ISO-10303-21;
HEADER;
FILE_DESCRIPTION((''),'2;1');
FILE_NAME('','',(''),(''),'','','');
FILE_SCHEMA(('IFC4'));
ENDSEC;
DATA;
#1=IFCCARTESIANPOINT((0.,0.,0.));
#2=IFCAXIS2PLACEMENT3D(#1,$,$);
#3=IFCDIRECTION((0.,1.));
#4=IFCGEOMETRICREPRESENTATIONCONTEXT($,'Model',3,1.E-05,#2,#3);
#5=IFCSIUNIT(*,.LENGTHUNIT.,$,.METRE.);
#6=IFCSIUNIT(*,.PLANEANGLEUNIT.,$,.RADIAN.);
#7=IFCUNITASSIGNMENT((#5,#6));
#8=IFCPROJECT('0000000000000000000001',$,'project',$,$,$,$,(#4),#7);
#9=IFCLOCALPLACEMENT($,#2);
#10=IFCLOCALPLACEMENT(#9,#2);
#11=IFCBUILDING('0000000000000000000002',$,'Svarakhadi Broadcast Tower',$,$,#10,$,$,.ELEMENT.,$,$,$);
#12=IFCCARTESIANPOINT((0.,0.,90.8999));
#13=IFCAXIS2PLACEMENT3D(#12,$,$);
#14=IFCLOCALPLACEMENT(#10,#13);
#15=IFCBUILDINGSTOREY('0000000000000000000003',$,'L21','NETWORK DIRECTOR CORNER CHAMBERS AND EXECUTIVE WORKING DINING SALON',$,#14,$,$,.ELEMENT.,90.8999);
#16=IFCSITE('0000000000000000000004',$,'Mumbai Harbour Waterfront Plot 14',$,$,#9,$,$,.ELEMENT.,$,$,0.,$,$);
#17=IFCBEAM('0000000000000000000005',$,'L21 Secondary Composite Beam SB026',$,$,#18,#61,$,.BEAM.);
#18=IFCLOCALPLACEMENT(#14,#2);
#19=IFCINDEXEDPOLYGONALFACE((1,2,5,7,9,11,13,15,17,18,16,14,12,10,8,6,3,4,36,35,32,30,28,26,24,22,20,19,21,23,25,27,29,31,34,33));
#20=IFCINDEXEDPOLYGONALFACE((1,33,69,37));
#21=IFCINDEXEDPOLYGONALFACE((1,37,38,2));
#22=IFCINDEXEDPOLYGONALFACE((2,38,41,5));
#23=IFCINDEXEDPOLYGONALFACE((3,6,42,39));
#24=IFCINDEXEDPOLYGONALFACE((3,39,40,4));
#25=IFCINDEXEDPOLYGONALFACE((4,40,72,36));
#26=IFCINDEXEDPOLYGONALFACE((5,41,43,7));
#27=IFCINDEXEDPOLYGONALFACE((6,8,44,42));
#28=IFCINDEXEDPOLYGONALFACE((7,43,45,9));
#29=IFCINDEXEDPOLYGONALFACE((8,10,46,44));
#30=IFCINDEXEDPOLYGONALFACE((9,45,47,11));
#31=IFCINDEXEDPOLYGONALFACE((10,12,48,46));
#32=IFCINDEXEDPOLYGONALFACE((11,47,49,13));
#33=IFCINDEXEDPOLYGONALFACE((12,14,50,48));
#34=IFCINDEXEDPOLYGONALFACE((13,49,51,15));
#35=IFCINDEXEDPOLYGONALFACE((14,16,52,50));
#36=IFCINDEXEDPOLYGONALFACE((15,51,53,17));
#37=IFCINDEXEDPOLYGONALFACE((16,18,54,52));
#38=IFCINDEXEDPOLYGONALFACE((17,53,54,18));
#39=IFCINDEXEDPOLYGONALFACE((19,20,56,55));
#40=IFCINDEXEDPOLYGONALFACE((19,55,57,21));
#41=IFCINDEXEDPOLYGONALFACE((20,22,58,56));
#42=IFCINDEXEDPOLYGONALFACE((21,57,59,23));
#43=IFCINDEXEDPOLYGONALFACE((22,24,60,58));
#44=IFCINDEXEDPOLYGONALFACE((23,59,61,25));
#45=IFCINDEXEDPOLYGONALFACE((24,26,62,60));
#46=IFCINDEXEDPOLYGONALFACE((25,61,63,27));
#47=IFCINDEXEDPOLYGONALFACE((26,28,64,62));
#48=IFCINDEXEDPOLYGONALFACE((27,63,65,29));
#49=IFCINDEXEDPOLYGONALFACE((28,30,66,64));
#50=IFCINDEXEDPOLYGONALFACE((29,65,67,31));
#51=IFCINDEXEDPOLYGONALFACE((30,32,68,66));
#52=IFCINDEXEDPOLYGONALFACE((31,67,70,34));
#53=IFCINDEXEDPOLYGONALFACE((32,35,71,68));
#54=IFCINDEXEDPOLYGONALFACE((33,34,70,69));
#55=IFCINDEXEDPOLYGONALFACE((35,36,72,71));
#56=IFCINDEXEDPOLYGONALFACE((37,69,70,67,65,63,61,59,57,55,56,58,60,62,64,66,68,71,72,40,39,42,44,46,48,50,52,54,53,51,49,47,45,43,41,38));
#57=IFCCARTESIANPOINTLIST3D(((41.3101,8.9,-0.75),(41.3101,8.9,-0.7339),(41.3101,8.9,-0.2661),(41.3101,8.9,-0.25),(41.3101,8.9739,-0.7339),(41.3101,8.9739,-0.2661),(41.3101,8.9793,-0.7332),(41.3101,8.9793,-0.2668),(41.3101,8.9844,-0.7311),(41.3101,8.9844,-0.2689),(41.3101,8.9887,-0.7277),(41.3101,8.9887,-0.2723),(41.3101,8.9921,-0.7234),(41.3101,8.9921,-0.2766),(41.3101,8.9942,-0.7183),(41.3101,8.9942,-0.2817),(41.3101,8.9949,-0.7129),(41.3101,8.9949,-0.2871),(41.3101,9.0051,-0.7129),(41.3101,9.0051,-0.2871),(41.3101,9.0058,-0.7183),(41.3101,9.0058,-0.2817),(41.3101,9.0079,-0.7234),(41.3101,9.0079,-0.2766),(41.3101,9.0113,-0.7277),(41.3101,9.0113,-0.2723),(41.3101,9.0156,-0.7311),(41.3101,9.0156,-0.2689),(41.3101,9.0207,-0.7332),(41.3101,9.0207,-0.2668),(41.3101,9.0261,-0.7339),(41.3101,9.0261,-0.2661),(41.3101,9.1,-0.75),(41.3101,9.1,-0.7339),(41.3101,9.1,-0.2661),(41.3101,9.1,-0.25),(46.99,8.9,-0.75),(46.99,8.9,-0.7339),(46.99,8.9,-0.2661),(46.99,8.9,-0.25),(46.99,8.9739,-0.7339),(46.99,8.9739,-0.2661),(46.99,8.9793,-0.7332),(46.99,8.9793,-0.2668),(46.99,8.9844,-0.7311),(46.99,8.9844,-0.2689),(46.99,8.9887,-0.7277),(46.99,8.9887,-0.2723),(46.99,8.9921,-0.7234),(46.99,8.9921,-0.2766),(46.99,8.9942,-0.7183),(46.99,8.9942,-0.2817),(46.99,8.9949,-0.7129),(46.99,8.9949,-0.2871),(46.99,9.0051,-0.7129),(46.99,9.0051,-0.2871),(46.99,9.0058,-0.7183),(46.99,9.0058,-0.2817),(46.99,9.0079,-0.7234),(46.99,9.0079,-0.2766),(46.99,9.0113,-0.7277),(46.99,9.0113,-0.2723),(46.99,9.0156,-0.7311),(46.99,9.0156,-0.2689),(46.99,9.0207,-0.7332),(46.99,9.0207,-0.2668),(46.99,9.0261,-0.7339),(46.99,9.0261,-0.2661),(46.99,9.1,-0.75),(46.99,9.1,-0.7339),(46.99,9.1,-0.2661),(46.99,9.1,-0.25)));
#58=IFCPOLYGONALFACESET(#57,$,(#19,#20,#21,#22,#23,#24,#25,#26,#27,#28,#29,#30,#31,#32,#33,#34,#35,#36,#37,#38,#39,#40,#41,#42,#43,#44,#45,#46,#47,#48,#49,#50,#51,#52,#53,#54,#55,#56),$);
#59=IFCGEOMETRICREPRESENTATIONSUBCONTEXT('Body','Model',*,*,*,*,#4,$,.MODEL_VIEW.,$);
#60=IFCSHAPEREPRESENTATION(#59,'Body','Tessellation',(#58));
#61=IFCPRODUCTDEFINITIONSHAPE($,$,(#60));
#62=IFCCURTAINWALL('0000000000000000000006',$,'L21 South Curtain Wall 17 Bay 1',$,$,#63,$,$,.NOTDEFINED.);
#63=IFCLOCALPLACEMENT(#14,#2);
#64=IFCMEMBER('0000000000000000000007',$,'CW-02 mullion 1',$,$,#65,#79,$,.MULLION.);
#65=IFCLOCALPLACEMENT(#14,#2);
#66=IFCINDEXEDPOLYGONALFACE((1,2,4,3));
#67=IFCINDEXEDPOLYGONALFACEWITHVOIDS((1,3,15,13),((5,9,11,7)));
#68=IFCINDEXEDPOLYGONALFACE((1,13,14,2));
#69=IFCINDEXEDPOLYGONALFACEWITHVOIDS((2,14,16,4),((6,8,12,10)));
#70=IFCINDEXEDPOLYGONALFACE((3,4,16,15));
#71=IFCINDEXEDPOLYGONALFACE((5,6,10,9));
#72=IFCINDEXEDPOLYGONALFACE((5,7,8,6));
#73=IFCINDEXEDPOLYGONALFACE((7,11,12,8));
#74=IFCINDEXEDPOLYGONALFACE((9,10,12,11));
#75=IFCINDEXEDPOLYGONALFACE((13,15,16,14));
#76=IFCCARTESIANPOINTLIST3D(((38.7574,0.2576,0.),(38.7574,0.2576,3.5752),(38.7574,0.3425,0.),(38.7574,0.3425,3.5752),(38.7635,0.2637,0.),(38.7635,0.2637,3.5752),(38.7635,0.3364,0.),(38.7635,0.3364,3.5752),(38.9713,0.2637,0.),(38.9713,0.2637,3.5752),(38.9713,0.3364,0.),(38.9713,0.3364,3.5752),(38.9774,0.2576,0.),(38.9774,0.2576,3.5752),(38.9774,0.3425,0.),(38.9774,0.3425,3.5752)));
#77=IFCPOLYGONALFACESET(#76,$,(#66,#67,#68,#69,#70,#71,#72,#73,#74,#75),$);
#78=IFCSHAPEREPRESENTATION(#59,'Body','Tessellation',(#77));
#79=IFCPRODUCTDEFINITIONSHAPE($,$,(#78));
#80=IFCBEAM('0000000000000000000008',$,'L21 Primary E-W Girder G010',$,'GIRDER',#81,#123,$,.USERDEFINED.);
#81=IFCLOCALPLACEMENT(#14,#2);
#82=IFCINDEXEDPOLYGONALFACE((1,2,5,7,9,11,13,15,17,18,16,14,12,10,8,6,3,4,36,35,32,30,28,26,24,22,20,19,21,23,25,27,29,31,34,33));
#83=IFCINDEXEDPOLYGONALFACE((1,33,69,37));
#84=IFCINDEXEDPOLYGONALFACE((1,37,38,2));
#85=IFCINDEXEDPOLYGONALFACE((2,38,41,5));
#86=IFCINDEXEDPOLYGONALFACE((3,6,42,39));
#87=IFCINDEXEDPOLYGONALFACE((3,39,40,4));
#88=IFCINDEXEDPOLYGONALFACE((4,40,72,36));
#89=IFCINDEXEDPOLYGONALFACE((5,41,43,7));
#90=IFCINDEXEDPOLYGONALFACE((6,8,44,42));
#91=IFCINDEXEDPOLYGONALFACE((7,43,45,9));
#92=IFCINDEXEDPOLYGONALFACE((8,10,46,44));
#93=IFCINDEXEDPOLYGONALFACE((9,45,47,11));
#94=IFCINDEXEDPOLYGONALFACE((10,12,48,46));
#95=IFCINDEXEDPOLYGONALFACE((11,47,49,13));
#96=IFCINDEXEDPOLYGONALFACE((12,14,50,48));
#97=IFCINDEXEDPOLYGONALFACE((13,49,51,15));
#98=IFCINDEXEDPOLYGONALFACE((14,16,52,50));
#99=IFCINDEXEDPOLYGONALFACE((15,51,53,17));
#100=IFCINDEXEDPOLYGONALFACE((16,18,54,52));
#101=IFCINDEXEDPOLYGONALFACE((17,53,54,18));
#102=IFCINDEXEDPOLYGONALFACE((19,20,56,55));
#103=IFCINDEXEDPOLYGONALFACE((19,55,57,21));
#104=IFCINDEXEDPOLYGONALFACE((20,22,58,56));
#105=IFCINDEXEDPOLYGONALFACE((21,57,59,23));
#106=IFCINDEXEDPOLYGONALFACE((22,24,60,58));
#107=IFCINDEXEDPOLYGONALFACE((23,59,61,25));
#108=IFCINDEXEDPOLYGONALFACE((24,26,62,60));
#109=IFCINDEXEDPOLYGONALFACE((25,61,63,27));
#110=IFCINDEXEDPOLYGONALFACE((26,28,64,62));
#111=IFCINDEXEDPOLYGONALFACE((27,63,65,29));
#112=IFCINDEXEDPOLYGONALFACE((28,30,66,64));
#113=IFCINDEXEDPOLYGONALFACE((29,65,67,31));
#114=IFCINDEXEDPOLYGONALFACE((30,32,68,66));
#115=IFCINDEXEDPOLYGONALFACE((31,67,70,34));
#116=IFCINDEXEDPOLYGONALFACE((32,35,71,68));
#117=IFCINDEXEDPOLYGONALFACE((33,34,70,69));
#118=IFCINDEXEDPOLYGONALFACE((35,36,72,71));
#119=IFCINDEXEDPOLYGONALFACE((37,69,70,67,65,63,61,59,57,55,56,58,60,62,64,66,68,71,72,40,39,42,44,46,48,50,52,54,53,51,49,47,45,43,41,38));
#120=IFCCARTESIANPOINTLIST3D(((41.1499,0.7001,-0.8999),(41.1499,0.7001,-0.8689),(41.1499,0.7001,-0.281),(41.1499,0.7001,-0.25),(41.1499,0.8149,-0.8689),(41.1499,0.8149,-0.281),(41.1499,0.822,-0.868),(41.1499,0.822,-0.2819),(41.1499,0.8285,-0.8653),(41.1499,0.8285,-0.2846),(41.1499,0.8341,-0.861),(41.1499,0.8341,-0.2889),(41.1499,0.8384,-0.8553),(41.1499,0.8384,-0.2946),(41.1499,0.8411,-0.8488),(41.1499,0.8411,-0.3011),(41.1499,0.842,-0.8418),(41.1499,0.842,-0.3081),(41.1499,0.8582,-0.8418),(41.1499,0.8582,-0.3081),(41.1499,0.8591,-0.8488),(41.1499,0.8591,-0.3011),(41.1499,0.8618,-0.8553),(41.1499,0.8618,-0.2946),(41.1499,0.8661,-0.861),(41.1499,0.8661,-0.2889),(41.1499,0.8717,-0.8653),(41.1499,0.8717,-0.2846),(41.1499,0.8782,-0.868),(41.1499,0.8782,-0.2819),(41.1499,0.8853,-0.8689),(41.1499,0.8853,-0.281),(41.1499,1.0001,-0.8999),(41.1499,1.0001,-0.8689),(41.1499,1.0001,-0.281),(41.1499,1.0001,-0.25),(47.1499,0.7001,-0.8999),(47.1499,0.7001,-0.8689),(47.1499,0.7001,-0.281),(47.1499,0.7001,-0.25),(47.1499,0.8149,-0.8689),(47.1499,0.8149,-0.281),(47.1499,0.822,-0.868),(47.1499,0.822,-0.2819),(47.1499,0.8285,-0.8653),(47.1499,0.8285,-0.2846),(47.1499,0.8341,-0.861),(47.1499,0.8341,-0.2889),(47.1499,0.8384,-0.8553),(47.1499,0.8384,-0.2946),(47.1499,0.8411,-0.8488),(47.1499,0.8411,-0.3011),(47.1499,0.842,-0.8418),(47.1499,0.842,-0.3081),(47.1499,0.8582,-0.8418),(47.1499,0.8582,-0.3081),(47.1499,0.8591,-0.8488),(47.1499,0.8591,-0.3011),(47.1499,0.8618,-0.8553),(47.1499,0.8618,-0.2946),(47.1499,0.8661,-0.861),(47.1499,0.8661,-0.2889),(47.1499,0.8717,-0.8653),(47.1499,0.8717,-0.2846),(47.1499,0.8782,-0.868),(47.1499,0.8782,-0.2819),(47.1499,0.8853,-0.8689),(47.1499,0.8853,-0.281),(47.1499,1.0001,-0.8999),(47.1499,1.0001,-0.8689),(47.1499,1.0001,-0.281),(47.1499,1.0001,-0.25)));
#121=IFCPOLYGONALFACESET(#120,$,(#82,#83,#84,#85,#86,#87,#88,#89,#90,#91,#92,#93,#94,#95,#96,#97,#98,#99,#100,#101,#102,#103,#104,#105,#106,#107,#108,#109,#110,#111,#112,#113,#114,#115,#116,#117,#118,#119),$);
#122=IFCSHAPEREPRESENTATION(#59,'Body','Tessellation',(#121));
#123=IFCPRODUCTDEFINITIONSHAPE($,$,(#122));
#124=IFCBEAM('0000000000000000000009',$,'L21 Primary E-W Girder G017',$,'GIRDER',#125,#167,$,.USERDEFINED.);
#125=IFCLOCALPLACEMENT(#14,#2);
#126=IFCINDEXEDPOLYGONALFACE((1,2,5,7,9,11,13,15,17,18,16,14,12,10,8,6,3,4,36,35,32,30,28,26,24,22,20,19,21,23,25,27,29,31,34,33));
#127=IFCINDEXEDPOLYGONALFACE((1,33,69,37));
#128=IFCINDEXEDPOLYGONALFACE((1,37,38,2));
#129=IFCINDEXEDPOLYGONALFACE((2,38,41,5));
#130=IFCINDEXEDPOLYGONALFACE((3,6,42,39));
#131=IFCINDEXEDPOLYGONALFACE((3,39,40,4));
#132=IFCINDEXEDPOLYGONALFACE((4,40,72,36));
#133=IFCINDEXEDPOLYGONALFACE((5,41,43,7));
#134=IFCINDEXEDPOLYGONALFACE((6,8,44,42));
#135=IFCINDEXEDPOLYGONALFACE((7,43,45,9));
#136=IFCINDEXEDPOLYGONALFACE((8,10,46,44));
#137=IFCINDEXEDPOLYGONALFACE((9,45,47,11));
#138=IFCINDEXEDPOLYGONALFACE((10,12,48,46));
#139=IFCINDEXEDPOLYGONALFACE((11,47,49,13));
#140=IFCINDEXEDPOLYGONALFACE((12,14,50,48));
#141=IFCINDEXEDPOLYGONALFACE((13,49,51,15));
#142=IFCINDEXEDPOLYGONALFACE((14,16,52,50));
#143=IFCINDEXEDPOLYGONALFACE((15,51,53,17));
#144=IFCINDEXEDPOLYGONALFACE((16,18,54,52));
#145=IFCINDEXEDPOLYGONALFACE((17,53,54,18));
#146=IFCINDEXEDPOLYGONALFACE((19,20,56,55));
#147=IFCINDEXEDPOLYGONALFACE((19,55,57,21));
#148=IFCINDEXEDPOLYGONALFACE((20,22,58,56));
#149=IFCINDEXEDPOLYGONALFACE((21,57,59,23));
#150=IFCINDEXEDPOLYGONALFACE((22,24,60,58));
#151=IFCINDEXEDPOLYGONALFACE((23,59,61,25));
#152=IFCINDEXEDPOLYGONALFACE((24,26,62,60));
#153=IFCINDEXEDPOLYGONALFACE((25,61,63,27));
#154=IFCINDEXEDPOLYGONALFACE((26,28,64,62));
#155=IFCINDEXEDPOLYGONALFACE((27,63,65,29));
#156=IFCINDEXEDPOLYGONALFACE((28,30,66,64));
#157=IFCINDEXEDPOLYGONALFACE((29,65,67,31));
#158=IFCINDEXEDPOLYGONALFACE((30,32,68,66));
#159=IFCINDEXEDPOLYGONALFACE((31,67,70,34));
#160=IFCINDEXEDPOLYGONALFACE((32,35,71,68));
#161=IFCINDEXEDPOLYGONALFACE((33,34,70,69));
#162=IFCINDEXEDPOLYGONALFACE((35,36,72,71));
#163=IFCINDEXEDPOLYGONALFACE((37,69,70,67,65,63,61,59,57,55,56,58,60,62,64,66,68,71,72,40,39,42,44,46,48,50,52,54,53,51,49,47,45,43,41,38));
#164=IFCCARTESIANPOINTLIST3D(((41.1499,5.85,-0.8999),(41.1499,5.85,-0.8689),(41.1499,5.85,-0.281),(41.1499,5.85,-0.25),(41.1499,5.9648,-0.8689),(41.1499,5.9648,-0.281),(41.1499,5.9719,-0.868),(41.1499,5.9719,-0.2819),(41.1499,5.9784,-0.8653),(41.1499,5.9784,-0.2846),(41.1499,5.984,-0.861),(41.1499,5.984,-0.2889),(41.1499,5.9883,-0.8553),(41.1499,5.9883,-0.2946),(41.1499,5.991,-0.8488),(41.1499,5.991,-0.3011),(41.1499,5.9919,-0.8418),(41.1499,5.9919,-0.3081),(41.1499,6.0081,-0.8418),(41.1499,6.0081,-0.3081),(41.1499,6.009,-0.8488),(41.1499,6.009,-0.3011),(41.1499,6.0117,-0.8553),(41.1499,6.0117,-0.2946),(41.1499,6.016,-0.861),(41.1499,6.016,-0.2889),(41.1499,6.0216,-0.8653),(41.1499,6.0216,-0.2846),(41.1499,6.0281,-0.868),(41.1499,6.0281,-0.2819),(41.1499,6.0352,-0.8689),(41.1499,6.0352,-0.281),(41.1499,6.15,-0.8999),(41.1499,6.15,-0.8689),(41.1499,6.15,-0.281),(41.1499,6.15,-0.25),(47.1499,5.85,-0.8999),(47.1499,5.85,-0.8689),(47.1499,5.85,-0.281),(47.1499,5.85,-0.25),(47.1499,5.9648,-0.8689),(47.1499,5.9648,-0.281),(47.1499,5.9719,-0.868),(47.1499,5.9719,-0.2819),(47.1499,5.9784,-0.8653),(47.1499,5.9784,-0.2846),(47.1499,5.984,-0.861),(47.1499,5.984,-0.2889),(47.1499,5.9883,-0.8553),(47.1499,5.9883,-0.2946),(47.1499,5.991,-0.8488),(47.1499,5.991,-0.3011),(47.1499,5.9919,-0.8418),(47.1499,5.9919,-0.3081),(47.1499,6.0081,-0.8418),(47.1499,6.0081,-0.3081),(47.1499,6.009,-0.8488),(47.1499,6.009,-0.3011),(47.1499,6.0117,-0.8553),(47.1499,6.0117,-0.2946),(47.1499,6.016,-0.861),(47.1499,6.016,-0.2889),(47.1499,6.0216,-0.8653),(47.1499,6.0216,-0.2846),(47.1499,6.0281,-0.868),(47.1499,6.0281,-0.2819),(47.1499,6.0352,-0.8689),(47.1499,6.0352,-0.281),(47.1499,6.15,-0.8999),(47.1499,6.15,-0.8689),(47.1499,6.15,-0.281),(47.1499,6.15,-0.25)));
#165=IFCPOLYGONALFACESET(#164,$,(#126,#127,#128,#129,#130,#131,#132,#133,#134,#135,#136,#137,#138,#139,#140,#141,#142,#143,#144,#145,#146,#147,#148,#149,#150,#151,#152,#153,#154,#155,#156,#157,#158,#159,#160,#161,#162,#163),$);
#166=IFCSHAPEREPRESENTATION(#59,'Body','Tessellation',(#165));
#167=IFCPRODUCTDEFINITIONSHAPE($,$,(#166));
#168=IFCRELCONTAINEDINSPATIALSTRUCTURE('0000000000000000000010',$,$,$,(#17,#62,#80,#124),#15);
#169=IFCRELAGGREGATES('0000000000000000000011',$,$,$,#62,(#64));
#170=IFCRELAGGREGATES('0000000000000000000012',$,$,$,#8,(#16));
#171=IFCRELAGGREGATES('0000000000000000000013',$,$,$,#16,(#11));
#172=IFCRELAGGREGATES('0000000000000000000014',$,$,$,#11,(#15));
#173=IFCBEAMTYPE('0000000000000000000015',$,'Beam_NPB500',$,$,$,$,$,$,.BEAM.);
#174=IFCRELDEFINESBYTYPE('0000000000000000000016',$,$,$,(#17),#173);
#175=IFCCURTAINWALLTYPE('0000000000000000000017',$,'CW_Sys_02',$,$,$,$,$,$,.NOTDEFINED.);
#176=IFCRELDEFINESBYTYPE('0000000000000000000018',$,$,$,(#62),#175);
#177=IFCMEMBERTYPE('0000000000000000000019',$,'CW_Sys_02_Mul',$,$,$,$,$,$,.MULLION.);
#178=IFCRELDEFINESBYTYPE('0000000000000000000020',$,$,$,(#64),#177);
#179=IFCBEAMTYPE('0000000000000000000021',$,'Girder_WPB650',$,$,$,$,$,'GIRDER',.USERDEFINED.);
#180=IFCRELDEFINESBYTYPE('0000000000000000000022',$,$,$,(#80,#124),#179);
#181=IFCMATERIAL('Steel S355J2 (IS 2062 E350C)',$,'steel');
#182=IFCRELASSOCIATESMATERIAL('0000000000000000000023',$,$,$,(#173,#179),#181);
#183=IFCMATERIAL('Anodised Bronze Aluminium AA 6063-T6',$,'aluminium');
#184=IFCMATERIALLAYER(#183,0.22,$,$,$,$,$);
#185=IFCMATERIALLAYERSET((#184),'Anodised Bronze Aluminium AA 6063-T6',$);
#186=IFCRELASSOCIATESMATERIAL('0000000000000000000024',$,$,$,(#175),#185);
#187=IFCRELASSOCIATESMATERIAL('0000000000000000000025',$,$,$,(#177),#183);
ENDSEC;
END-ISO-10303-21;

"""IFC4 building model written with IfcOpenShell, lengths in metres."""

from ifc_helpers import new_model, si_unit, direction, frame, origin, origin_2d, place, context, subcontext, project, spatial, hollow_rectangle, i_section, extrude, material, layer, layer_set, material_profile, profile_set, type_object, element, aggregate, save


model = new_model("IFC4")

# Units and contexts
model_context = context("Model", 3, precision=1e-05, world=origin(), true_north=direction((0.0, 1.0)))
body_context = subcontext(model_context, "Body", "Model", "MODEL_VIEW")
ifc_project = project(units=[si_unit("LENGTHUNIT", "METRE"), si_unit("PLANEANGLEUNIT", "RADIAN")], contexts=[model_context])

# Site, building, storey
site_placement = place(None, origin())
site = spatial("IfcSite", under=ifc_project, at=site_placement, Name="Mumbai Harbour Waterfront Plot 14", CompositionType="ELEMENT", RefElevation=0.0)
building_placement = place(site_placement, origin())
building = spatial("IfcBuilding", under=site, at=building_placement, Name="Svarakhadi Broadcast Tower", CompositionType="ELEMENT")
storey_placement = place(building_placement, frame((0.0, 0.0, 90.8999)))
storey = spatial("IfcBuildingStorey", under=building, at=storey_placement, Name="L21", Description="NETWORK DIRECTOR CORNER CHAMBERS AND EXECUTIVE WORKING DINING SALON", CompositionType="ELEMENT", Elevation=90.8999)

# Beam
ifc_material_1 = material(Name="Steel S355J2 (IS 2062 E350C)", Category="steel")
ifc_material_profile_1 = material_profile(ifc_material_1, i_section(OverallWidth=0.2, OverallDepth=0.5, WebThickness=0.0103, FlangeThickness=0.0161, FilletRadius=0.021, at=origin_2d()), Name="NPB 500x200x91")
ifc_profile_set_1 = profile_set([ifc_material_profile_1], Name="Steel S355J2 (IS 2062 E350C)")
beam_type_1 = type_object("IfcBeamType", Name="Beam_NPB500", PredefinedType="BEAM", material=ifc_profile_set_1)
for number, where, z_axis, x_axis, name in (
    (1, (41.3101, 9.0, -0.5), (1.0, 0.0, 0.0), (0.0, 1.0, 0.0), "L21 Secondary Composite Beam SB026"),
):
    element("IfcBeam", number, at=place(storey_placement, frame(where, z_axis=z_axis, x_axis=x_axis)), inside=storey, type_object=beam_type_1, Name=name, PredefinedType="BEAM", context=body_context, shape_type="SweptSolid", body=[
        extrude(i_section(OverallWidth=0.2, OverallDepth=0.5, WebThickness=0.0103, FlangeThickness=0.0161, FilletRadius=0.021, at=origin_2d()), origin(), (0.0, 0.0, 1.0), 5.6799),
    ])

# Curtain wall, member
ifc_material_2 = material(Name="Anodised Bronze Aluminium AA 6063-T6", Category="aluminium")
ifc_layer_1 = layer(ifc_material_2, 0.22)
ifc_layer_set_1 = layer_set([ifc_layer_1], Name="Anodised Bronze Aluminium AA 6063-T6")
curtain_wall_type = type_object("IfcCurtainWallType", Name="CW_Sys_02", PredefinedType="NOTDEFINED", material=ifc_layer_set_1)
curtain_wall_placement = place(storey_placement, origin())
curtain_wall = element("IfcCurtainWall", 2, at=curtain_wall_placement, inside=storey, type_object=curtain_wall_type, Name="L21 South Curtain Wall 17 Bay 1", PredefinedType="NOTDEFINED")
ifc_material_profile_2 = material_profile(ifc_material_2, hollow_rectangle(XDim=0.085, YDim=0.22, WallThickness=0.0061, at=origin_2d()), Name="ALU MULLION 220x85x6")
ifc_profile_set_2 = profile_set([ifc_material_profile_2], Name="Anodised Bronze Aluminium AA 6063-T6")
member_type = type_object("IfcMemberType", Name="CW_Sys_02_Mul", PredefinedType="MULLION", material=ifc_profile_set_2)
member_placement = place(storey_placement, frame((38.8674, 0.3, 0.0), z_axis=(0.0, 0.0, 1.0), x_axis=(0.0, -1.0, 0.0)))
member = element("IfcMember", 3, at=member_placement, type_object=member_type, Name="CW-02 mullion 1", PredefinedType="MULLION", context=body_context, shape_type="SweptSolid", body=[
    extrude(hollow_rectangle(XDim=0.085, YDim=0.22, WallThickness=0.0061, at=origin_2d()), origin(), (0.0, 0.0, 1.0), 3.5752),
])
aggregate(curtain_wall, [member])

# Beams
ifc_material_profile_3 = material_profile(ifc_material_1, i_section(OverallWidth=0.3, OverallDepth=0.6499, WebThickness=0.0161, FlangeThickness=0.031, FilletRadius=0.0271, at=origin_2d()), Name="WPB 650x300x225")
ifc_profile_set_3 = profile_set([ifc_material_profile_3], Name="Steel S355J2 (IS 2062 E350C)")
beam_type_2 = type_object("IfcBeamType", Name="Girder_WPB650", ElementType="GIRDER", PredefinedType="USERDEFINED", material=ifc_profile_set_3)
for number, where, z_axis, x_axis, name in (
    (4, (41.1499, 0.8501, -0.575), (1.0, 0.0, 0.0), (0.0, 1.0, 0.0), "L21 Primary E-W Girder G010"),
    (5, (41.1499, 6.0, -0.575), (1.0, 0.0, 0.0), (0.0, 1.0, 0.0), "L21 Primary E-W Girder G017"),
):
    element("IfcBeam", number, at=place(storey_placement, frame(where, z_axis=z_axis, x_axis=x_axis)), inside=storey, type_object=beam_type_2, Name=name, ObjectType="GIRDER", PredefinedType="USERDEFINED", context=body_context, shape_type="SweptSolid", body=[
        extrude(i_section(OverallWidth=0.3, OverallDepth=0.6499, WebThickness=0.0161, FlangeThickness=0.031, FilletRadius=0.0271, at=origin_2d()), origin(), (0.0, 0.0, 1.0), 6.0),
    ])

save(model, "model.ifc")
